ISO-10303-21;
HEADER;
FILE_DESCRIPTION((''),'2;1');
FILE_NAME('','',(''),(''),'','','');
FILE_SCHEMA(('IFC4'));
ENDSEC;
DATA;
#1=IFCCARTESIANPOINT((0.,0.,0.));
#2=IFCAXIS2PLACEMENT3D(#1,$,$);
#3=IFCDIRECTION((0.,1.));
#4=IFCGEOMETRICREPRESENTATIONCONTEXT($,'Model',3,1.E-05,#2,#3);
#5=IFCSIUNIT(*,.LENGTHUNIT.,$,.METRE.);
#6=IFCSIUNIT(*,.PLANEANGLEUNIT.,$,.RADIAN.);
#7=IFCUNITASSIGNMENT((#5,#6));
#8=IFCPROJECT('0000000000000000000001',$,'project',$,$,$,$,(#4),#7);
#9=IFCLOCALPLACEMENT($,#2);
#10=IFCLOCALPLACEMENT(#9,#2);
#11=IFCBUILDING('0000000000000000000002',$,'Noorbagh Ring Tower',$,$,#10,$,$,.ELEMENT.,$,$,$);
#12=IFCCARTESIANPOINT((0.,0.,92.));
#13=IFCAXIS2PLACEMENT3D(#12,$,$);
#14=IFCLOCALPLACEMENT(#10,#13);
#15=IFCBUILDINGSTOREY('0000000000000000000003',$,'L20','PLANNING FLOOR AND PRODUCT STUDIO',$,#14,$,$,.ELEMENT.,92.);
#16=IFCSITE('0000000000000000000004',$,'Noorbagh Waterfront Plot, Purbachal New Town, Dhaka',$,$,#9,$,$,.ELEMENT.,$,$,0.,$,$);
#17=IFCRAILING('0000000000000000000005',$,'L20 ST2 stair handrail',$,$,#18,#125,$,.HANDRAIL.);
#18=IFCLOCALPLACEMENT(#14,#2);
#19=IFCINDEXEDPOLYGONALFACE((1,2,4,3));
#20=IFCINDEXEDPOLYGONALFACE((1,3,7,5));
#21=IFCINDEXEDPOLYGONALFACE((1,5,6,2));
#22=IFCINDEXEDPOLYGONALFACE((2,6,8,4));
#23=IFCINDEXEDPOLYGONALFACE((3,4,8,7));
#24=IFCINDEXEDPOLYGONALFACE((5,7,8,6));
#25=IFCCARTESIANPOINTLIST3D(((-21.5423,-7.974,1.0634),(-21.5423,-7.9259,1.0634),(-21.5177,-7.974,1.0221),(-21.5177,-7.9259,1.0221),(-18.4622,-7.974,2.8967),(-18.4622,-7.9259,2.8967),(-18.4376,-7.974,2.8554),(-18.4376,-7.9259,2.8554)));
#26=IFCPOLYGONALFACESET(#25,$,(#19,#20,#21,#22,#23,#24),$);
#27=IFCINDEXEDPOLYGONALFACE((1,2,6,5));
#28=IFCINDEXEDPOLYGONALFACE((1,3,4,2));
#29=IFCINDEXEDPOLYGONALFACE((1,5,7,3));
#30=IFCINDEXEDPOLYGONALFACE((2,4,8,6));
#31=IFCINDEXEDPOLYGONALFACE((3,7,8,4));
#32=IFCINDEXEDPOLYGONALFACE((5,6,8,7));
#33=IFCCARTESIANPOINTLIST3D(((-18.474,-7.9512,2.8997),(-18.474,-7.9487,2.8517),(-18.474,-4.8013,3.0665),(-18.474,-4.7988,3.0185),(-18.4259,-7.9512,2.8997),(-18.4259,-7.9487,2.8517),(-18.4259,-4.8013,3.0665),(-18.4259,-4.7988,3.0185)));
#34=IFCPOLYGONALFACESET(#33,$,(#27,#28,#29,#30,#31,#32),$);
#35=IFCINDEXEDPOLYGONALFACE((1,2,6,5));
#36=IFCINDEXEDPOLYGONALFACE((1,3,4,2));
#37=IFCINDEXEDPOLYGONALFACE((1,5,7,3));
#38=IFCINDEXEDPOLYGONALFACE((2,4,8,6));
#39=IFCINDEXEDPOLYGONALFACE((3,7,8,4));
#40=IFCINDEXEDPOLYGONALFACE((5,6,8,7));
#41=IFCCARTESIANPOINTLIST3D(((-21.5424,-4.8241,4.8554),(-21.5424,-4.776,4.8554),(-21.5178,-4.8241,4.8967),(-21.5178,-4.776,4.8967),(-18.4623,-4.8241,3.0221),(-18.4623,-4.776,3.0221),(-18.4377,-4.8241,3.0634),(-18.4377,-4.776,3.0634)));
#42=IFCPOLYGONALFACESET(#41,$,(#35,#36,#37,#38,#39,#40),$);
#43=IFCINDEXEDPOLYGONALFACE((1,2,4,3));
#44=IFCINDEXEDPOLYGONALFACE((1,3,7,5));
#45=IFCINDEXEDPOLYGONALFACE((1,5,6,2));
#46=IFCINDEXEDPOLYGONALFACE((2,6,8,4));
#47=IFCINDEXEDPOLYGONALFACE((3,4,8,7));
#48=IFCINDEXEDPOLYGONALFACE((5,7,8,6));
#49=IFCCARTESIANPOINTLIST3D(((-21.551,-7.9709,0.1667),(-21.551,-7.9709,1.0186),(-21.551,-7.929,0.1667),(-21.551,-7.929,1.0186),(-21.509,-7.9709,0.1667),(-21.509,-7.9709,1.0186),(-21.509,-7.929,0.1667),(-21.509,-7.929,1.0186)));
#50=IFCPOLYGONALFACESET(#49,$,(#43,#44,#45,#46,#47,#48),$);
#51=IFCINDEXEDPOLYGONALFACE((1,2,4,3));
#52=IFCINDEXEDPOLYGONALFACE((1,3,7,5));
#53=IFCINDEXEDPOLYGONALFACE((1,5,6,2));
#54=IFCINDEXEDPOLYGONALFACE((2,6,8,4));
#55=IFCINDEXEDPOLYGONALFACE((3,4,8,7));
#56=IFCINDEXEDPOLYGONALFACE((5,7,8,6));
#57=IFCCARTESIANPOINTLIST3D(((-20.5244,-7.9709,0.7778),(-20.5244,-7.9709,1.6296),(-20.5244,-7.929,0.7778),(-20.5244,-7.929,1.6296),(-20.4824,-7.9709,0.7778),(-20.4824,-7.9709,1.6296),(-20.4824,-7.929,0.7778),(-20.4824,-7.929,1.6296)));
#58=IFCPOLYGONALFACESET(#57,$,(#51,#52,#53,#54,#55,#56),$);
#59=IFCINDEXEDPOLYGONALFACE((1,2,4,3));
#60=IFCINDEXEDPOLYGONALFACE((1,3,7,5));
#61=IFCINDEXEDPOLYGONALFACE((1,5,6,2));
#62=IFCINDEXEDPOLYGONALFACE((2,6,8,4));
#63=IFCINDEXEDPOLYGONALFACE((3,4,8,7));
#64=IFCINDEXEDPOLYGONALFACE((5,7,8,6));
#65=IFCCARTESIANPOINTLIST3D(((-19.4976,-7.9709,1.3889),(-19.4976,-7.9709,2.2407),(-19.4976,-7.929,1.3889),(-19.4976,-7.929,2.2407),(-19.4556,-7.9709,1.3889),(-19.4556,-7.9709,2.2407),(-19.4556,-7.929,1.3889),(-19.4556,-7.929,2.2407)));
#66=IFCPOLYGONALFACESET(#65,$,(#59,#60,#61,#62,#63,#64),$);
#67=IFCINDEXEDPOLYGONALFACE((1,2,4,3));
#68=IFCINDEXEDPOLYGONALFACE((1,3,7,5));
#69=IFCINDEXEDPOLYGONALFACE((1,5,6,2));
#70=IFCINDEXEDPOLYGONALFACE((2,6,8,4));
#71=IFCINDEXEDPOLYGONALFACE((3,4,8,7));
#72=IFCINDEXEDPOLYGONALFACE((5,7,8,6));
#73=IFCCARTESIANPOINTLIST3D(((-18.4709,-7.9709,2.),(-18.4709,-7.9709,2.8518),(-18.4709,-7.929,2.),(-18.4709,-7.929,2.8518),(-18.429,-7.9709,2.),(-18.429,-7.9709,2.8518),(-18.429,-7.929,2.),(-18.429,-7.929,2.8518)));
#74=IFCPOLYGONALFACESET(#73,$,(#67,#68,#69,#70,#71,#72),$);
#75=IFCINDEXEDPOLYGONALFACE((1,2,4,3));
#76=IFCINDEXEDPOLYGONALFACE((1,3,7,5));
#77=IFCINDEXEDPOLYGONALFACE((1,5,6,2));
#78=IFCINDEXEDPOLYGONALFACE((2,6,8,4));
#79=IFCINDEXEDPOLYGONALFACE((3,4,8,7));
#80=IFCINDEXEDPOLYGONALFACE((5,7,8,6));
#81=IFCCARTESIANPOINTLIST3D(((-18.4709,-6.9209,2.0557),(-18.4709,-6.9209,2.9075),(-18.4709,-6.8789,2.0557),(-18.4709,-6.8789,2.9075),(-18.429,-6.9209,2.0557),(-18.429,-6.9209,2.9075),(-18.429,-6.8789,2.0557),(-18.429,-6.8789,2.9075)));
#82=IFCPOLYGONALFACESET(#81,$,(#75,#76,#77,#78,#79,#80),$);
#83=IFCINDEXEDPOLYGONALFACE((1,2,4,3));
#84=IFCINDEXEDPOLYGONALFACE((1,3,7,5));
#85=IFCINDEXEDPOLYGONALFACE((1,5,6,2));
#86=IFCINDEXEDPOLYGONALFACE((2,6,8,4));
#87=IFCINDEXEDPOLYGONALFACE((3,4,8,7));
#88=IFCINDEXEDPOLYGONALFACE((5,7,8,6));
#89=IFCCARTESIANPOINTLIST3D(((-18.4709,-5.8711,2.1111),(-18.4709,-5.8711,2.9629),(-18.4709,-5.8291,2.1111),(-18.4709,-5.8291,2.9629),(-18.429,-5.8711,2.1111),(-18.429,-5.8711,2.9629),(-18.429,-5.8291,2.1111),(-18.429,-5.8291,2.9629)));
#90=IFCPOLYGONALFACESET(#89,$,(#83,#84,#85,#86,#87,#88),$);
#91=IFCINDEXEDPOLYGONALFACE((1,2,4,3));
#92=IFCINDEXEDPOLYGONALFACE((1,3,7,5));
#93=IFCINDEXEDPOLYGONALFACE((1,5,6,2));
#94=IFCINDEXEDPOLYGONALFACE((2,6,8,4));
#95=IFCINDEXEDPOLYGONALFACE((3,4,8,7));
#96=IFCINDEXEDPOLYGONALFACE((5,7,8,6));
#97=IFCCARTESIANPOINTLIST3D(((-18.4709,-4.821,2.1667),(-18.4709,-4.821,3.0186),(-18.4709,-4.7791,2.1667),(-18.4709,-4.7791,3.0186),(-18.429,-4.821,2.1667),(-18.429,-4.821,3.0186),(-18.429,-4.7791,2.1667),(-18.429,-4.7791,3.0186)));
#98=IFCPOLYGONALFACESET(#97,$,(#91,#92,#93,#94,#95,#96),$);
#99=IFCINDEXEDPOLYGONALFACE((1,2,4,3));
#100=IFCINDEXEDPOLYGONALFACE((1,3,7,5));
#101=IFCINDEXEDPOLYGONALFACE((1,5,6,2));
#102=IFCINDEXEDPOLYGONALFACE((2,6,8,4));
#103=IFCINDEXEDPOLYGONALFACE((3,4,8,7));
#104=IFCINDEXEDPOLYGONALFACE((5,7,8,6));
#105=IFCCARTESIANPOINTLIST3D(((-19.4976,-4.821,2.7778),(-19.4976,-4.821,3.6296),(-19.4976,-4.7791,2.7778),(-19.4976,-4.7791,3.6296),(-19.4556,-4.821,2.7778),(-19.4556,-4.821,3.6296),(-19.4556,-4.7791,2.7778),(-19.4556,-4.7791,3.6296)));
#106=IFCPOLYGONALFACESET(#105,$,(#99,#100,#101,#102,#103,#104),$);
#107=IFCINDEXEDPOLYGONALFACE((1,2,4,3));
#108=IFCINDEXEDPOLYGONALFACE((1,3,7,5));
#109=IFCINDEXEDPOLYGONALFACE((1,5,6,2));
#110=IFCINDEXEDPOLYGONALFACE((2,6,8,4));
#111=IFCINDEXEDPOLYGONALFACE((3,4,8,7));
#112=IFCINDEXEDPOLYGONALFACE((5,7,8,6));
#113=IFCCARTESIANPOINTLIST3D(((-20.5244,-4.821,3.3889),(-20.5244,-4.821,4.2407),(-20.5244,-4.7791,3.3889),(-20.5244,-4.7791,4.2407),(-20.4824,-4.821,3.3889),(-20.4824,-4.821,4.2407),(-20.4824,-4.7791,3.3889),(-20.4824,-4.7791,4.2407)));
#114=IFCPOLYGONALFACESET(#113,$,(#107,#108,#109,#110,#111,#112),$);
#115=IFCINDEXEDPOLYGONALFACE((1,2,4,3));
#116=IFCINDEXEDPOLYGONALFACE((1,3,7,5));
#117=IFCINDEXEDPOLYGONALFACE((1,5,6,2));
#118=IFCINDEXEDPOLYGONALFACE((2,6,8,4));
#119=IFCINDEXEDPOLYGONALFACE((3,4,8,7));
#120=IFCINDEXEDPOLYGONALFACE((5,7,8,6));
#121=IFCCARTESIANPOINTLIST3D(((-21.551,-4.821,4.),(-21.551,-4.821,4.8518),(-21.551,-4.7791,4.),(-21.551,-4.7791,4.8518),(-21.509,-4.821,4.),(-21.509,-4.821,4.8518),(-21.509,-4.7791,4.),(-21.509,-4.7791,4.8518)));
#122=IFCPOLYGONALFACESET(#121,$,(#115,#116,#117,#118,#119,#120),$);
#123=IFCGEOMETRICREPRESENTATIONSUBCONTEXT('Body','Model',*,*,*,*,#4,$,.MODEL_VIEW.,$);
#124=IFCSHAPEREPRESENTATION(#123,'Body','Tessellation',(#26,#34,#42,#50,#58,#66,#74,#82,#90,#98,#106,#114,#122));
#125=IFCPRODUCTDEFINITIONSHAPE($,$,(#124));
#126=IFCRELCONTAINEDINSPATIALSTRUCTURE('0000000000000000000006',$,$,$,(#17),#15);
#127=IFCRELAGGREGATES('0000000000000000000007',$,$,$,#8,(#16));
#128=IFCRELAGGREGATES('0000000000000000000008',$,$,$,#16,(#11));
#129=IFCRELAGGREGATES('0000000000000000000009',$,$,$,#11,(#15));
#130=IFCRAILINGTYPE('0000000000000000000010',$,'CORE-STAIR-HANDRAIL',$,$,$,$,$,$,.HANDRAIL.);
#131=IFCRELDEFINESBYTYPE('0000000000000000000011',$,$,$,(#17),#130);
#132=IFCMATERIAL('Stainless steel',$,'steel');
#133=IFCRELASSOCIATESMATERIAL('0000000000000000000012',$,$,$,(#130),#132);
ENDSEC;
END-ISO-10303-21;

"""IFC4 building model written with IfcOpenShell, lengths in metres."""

from ifc_helpers import new_model, si_unit, direction, frame, origin, origin_2d, place, context, subcontext, project, spatial, rectangle, extrude, material, type_object, element, save


model = new_model("IFC4")

# Units and contexts
model_context = context("Model", 3, precision=1e-05, world=origin(), true_north=direction((0.0, 1.0)))
body_context = subcontext(model_context, "Body", "Model", "MODEL_VIEW")
ifc_project = project(units=[si_unit("LENGTHUNIT", "METRE"), si_unit("PLANEANGLEUNIT", "RADIAN")], contexts=[model_context])

# Site, building, storey
site_placement = place(None, origin())
site = spatial("IfcSite", under=ifc_project, at=site_placement, Name="Noorbagh Waterfront Plot, Purbachal New Town, Dhaka", CompositionType="ELEMENT", RefElevation=0.0)
building_placement = place(site_placement, origin())
building = spatial("IfcBuilding", under=site, at=building_placement, Name="Noorbagh Ring Tower", CompositionType="ELEMENT")
storey_placement = place(building_placement, frame((0.0, 0.0, 92.0)))
storey = spatial("IfcBuildingStorey", under=building, at=storey_placement, Name="L20", Description="PLANNING FLOOR AND PRODUCT STUDIO", CompositionType="ELEMENT", Elevation=92.0)

# Railing
ifc_material_1 = material(Name="Stainless steel", Category="steel")
railing_type_1 = type_object("IfcRailingType", Name="CORE-STAIR-HANDRAIL", PredefinedType="HANDRAIL", material=ifc_material_1)
railing_1_placement = place(storey_placement, frame((-21.53, -7.95, 0.1667)))
element("IfcRailing", 1, at=railing_1_placement, inside=storey, type_object=railing_type_1, Name="L20 ST2 stair handrail", PredefinedType="HANDRAIL", context=body_context, shape_type="SweptSolid", body=[
    extrude(rectangle(XDim=0.0481, YDim=0.0481, at=origin_2d()), frame((0.0, 0.0, 0.876), z_axis=(0.859309, 0.0, 0.511458), x_axis=(0.0, 1.0, 0.0)), (0.0, 0.0, 1.0), 3.5845),
    extrude(rectangle(XDim=0.0481, YDim=0.0481, at=origin_2d()), frame((3.0801, 0.0, 2.709), z_axis=(0.0, 0.998602, 0.052864), x_axis=(-1.0, 0.0, 0.0)), (0.0, 0.0, 1.0), 3.1543),
    extrude(rectangle(XDim=0.0481, YDim=0.0481, at=origin_2d()), frame((3.0801, 3.1499, 2.876), z_axis=(-0.859309, 0.0, 0.511458), x_axis=(0.0, -1.0, 0.0)), (0.0, 0.0, 1.0), 3.5845),
    extrude(rectangle(XDim=0.042, YDim=0.042, at=origin_2d()), origin(), (0.0, 0.0, 1.0), 0.8518),
    extrude(rectangle(XDim=0.042, YDim=0.042, at=origin_2d()), frame((1.0266, 0.0, 0.6111)), (0.0, 0.0, 1.0), 0.8518),
    extrude(rectangle(XDim=0.042, YDim=0.042, at=origin_2d()), frame((2.0535, 0.0, 1.2222)), (0.0, 0.0, 1.0), 0.8518),
    extrude(rectangle(XDim=0.042, YDim=0.042, at=origin_2d()), frame((3.0801, 0.0, 1.8333)), (0.0, 0.0, 1.0), 0.8518),
    extrude(rectangle(XDim=0.042, YDim=0.042, at=origin_2d()), frame((3.0801, 1.05, 1.8889)), (0.0, 0.0, 1.0), 0.8518),
    extrude(rectangle(XDim=0.042, YDim=0.042, at=origin_2d()), frame((3.0801, 2.0999, 1.9443)), (0.0, 0.0, 1.0), 0.8518),
    extrude(rectangle(XDim=0.042, YDim=0.042, at=origin_2d()), frame((3.0801, 3.1499, 2.0)), (0.0, 0.0, 1.0), 0.8518),
    extrude(rectangle(XDim=0.042, YDim=0.042, at=origin_2d()), frame((2.0535, 3.1499, 2.6111)), (0.0, 0.0, 1.0), 0.8518),
    extrude(rectangle(XDim=0.042, YDim=0.042, at=origin_2d()), frame((1.0266, 3.1499, 3.2222)), (0.0, 0.0, 1.0), 0.8518),
    extrude(rectangle(XDim=0.042, YDim=0.042, at=origin_2d()), frame((0.0, 3.1499, 3.8333)), (0.0, 0.0, 1.0), 0.8518),
])

save(model, "model.ifc")
